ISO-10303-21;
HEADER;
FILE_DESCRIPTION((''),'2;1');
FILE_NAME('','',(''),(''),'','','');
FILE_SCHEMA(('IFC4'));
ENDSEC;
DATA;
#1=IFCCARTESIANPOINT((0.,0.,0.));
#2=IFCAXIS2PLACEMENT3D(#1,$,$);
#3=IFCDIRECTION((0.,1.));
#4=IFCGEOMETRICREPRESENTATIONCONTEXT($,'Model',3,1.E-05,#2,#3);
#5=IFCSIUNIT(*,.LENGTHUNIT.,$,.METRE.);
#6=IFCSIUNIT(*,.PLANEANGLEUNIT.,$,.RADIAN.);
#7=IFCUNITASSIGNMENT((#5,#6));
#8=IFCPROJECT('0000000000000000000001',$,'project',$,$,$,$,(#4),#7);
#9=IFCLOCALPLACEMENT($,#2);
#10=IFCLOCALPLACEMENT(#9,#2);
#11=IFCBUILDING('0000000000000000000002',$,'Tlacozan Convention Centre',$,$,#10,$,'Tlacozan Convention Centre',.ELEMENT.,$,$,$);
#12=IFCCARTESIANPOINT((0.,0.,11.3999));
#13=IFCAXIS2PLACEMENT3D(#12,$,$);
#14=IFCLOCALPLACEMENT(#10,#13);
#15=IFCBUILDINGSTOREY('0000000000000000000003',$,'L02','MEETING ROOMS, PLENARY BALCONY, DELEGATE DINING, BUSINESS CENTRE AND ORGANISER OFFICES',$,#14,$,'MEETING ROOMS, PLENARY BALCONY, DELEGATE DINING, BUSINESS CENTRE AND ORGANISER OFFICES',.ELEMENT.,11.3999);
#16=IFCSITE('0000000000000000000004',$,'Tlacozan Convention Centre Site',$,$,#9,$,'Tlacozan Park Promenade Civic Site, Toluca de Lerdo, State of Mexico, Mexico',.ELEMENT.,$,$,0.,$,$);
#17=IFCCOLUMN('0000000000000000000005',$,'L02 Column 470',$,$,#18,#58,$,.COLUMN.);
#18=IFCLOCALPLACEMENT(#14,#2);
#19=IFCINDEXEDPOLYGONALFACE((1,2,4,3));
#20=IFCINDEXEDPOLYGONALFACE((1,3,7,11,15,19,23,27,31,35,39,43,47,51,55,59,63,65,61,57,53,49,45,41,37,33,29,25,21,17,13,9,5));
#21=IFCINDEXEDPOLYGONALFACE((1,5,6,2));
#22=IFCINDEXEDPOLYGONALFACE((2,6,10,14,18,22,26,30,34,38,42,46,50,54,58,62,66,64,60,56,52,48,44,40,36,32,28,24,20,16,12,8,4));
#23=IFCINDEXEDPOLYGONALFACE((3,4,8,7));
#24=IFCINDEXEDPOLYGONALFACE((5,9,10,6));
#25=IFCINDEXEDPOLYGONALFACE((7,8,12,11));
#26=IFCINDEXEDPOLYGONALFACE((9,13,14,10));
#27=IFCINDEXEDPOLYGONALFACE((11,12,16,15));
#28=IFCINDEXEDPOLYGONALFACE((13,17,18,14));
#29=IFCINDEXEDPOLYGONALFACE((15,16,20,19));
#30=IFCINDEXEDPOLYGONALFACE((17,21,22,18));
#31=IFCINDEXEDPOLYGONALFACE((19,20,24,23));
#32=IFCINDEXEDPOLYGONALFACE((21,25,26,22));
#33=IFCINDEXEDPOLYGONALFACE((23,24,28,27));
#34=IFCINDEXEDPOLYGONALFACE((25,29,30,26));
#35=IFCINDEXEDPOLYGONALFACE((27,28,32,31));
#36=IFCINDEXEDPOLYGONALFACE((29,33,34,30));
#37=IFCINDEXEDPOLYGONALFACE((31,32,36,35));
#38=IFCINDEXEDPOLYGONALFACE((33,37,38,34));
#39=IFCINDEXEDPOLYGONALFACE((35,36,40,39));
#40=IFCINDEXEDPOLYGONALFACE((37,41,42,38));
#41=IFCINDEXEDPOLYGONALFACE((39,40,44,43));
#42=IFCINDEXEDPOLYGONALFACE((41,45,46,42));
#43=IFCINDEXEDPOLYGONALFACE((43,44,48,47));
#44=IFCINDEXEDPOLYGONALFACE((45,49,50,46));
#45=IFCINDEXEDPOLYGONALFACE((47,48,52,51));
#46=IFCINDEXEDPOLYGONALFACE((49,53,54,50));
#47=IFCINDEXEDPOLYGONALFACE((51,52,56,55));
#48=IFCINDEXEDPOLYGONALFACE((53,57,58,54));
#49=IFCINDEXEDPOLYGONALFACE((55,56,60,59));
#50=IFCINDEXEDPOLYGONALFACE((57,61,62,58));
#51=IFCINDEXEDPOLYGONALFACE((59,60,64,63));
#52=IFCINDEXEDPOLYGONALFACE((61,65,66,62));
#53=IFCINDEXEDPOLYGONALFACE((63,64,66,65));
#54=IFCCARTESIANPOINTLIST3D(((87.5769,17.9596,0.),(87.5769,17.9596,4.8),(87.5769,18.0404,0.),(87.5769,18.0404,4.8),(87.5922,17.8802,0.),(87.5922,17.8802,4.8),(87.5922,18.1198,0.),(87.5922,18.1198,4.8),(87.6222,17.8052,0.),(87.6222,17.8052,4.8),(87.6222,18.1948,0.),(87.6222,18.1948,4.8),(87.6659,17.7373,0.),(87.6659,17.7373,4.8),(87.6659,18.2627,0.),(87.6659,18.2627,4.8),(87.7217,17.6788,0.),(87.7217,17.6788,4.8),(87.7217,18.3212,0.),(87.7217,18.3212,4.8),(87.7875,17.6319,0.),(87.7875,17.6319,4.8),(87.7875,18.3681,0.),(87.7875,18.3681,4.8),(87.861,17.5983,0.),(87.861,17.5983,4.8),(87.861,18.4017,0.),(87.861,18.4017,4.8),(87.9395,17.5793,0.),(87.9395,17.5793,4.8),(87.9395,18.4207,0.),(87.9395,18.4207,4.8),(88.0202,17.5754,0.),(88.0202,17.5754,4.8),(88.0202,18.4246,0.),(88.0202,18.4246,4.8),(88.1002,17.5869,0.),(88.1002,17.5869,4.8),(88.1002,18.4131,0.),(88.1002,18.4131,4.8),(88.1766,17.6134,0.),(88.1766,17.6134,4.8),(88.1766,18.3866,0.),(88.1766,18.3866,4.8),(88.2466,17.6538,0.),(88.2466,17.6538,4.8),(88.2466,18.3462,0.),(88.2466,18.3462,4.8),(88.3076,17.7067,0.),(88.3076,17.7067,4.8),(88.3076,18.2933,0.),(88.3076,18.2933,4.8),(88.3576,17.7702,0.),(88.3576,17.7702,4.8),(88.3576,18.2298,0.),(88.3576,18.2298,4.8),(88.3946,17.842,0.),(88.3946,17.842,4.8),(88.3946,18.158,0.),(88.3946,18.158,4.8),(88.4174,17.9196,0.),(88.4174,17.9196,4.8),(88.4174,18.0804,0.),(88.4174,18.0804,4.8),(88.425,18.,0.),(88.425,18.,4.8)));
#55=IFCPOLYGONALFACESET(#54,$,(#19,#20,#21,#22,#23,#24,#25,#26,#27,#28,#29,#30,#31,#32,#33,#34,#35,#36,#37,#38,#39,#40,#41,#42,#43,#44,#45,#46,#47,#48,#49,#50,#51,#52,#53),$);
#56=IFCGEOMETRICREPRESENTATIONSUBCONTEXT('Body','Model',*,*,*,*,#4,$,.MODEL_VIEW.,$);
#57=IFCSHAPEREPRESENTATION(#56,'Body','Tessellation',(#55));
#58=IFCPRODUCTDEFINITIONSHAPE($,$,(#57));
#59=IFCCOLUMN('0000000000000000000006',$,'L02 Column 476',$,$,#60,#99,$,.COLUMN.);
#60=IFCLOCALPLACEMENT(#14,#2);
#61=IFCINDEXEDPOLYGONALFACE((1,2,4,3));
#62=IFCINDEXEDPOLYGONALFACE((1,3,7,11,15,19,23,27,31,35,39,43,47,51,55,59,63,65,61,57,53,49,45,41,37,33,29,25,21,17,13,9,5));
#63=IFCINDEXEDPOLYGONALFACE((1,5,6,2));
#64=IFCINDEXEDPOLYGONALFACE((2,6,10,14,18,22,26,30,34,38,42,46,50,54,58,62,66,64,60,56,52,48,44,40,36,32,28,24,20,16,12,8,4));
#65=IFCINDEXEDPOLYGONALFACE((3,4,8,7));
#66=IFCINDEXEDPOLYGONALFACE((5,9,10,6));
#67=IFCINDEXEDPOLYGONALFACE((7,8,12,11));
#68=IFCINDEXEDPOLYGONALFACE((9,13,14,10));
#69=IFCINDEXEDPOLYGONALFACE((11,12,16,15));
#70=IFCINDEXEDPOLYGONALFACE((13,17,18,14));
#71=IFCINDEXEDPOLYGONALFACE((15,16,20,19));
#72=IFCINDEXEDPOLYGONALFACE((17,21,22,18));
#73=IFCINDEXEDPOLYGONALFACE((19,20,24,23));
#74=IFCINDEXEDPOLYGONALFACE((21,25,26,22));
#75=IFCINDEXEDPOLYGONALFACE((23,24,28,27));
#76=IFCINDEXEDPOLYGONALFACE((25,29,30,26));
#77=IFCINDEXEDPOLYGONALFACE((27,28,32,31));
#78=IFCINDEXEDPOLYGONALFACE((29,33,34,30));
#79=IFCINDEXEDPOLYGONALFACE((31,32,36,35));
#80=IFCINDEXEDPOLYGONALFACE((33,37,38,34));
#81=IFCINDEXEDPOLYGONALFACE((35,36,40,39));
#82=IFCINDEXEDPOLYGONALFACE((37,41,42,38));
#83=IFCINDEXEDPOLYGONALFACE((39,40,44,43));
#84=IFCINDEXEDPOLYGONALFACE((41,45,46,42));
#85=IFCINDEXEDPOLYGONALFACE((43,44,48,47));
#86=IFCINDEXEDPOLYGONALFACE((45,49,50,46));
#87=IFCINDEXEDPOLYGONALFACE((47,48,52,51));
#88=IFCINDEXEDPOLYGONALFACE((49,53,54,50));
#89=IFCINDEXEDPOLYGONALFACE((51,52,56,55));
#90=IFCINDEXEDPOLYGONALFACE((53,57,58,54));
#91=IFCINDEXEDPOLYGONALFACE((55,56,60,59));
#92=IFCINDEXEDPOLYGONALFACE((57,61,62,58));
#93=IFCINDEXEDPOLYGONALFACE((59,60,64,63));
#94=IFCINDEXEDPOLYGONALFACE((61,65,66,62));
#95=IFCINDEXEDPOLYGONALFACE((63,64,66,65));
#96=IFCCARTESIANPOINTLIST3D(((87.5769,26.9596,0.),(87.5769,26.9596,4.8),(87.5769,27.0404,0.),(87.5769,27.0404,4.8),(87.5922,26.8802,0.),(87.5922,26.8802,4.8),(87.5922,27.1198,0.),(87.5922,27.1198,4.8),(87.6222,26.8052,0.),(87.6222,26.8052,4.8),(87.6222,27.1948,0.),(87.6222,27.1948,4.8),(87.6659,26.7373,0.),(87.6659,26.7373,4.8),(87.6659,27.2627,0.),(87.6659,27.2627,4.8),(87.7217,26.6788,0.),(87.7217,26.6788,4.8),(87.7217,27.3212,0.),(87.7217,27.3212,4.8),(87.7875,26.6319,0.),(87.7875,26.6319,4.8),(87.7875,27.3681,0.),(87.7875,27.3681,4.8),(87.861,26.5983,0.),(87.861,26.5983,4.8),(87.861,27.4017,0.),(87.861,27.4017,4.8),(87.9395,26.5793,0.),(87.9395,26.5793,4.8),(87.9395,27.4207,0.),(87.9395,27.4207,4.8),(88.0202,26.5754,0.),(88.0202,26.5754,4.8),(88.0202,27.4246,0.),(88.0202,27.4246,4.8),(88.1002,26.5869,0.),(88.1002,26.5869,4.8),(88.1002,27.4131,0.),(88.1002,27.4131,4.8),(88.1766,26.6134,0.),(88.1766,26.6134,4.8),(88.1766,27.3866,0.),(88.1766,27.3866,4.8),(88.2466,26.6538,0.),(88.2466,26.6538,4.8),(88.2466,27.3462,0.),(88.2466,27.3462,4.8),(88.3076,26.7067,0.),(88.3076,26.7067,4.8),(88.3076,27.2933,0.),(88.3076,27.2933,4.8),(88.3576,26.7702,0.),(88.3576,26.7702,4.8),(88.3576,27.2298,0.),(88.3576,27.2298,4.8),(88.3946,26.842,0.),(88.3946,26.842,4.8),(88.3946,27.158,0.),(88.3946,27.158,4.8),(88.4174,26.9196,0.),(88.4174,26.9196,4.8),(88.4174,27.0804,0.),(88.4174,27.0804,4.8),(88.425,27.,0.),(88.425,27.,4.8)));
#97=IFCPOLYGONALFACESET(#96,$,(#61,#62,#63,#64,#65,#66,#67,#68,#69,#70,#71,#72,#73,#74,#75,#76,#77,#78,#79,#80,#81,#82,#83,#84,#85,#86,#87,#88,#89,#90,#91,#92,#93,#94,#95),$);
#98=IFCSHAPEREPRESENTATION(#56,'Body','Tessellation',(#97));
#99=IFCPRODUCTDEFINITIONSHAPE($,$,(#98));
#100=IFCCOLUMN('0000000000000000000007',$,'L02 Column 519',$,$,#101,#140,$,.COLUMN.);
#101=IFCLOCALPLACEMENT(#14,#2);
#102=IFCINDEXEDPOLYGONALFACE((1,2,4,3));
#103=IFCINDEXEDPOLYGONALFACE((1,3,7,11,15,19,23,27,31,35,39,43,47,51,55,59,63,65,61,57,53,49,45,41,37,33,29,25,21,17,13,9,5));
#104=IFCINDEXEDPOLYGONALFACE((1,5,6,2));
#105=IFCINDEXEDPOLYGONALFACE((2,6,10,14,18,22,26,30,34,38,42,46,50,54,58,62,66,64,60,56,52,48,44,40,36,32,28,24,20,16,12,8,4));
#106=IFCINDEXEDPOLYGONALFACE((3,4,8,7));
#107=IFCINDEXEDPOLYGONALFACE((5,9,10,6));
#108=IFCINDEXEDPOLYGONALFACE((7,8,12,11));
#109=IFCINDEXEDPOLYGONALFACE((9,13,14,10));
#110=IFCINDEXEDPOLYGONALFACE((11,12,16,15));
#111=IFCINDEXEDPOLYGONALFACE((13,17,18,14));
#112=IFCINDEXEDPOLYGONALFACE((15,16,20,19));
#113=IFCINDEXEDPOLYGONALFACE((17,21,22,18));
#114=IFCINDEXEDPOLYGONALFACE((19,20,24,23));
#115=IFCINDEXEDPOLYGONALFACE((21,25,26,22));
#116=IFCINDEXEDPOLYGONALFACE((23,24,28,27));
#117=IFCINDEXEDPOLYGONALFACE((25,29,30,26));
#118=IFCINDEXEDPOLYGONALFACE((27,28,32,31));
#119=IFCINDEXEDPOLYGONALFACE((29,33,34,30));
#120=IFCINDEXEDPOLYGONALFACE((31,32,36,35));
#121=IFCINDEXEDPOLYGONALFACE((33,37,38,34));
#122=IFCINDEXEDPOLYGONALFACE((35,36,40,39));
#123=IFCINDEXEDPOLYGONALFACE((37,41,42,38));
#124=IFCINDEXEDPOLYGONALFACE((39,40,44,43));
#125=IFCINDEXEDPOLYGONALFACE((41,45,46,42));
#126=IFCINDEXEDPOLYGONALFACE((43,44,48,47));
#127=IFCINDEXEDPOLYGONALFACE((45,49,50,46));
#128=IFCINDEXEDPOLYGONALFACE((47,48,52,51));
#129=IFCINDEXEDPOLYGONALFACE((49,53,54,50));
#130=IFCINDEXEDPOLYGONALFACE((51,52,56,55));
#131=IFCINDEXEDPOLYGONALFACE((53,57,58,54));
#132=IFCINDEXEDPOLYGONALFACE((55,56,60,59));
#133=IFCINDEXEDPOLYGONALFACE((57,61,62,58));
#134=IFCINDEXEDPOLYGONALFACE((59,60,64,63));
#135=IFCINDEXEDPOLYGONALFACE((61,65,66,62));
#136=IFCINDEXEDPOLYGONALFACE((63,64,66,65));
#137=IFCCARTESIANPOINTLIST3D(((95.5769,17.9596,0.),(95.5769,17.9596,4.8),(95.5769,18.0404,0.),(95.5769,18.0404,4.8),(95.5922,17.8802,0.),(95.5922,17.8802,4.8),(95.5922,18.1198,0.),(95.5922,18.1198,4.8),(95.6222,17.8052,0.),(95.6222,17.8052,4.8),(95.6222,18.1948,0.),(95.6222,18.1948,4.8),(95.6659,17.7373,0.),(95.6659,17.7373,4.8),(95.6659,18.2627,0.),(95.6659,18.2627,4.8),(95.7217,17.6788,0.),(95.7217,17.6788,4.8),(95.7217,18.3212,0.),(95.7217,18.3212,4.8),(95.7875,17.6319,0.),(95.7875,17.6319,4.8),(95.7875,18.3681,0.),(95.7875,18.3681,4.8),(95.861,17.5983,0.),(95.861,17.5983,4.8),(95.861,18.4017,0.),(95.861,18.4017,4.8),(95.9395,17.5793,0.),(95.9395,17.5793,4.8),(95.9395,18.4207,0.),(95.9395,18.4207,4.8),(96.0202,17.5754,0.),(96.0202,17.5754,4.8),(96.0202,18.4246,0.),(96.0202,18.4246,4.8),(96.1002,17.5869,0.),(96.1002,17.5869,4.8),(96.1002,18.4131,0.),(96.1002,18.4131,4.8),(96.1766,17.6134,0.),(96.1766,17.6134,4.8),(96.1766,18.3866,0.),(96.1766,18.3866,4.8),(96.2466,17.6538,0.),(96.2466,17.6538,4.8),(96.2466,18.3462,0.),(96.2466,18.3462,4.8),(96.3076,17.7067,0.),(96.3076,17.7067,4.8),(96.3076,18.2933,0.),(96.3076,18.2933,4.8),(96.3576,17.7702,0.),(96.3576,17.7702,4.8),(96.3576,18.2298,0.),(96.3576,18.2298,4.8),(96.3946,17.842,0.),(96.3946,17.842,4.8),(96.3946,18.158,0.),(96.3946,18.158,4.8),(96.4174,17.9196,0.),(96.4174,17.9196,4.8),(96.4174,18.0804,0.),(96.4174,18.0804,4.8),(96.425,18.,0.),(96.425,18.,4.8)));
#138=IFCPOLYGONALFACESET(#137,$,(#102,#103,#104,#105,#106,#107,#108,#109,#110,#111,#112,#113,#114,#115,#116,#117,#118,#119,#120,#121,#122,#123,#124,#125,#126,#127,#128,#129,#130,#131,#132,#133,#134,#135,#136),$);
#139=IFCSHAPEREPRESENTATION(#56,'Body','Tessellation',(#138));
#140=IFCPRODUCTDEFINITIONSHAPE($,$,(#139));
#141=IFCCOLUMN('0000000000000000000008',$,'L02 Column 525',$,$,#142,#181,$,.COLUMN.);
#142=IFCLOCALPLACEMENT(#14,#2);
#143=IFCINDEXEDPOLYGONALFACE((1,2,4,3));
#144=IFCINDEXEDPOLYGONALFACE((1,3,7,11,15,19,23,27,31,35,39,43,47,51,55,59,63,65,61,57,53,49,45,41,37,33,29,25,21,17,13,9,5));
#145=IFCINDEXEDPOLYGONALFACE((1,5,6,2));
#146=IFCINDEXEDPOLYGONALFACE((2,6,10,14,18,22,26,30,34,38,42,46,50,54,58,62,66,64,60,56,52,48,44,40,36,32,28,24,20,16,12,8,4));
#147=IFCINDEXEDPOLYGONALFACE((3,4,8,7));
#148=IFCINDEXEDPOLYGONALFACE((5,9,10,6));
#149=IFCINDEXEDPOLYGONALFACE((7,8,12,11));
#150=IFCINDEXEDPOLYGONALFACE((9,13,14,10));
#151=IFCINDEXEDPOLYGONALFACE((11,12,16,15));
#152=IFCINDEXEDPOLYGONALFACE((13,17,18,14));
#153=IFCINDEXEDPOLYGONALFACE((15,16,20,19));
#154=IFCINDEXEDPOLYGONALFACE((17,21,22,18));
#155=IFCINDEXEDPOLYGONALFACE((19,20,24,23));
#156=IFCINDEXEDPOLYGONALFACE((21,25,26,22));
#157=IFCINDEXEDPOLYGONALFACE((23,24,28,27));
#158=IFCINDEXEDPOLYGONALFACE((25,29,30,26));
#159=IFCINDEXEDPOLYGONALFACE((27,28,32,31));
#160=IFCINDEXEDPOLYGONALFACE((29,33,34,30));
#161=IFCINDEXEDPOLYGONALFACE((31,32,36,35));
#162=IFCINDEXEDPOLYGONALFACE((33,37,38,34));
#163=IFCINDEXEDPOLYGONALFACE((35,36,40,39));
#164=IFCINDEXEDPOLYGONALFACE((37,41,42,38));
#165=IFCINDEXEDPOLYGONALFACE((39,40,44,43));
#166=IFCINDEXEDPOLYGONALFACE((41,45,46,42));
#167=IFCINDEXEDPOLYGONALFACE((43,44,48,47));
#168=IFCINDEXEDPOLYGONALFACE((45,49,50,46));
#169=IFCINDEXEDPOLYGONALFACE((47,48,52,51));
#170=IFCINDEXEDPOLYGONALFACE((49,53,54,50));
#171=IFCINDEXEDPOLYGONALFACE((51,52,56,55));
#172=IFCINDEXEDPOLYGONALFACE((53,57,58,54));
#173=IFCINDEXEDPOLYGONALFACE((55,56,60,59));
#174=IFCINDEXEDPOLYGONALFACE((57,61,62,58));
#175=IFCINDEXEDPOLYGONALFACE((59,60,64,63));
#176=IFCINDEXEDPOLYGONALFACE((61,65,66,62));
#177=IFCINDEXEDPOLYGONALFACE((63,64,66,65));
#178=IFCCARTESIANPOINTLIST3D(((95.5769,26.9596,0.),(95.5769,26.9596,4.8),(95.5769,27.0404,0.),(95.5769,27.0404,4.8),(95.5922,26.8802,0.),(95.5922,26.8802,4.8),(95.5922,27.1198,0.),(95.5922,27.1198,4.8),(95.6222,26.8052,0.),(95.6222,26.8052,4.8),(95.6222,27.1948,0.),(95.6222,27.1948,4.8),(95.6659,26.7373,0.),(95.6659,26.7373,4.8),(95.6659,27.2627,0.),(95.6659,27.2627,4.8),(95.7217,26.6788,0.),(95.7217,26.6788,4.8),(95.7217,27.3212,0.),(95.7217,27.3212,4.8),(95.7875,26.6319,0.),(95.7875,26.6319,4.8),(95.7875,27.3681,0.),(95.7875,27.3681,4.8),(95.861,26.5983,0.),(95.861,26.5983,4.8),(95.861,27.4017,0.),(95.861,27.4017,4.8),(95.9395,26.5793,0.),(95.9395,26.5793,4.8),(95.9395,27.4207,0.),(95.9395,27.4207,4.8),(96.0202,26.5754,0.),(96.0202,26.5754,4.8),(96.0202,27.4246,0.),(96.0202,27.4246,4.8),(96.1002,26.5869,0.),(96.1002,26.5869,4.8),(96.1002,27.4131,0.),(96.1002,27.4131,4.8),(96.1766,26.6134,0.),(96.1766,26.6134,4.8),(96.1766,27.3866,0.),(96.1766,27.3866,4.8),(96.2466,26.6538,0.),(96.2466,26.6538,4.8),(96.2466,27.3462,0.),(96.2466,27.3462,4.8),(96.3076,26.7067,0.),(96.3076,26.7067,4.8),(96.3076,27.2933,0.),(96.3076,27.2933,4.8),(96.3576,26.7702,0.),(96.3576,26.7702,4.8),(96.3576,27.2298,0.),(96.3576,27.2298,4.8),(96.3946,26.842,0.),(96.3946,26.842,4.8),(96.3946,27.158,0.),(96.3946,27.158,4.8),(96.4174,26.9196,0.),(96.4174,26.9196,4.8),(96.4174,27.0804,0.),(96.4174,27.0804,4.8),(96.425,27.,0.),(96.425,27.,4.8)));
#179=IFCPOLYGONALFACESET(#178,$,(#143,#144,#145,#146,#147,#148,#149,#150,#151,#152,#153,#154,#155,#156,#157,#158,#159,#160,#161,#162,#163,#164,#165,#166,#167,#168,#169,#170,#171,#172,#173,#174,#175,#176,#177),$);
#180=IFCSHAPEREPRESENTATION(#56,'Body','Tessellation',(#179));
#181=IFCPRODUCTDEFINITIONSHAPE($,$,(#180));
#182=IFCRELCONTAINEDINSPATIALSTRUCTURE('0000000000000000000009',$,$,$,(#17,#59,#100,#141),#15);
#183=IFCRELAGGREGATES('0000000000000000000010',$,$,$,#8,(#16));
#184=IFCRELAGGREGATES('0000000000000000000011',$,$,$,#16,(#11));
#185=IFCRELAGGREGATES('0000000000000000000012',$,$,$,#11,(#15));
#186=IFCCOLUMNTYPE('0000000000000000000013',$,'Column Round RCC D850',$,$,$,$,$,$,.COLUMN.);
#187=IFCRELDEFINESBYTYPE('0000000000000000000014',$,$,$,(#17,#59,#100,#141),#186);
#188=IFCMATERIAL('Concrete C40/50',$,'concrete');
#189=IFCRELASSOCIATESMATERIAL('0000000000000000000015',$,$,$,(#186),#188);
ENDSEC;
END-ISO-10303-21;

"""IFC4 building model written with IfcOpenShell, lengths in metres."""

from ifc_helpers import new_model, si_unit, direction, frame, origin, origin_2d, place, context, subcontext, project, spatial, circle, extrude, material, material_profile, profile_set, type_object, element, save


model = new_model("IFC4")

# Units and contexts
model_context = context("Model", 3, precision=1e-05, world=origin(), true_north=direction((0.0, 1.0)))
body_context = subcontext(model_context, "Body", "Model", "MODEL_VIEW")
ifc_project = project(units=[si_unit("LENGTHUNIT", "METRE"), si_unit("PLANEANGLEUNIT", "RADIAN")], contexts=[model_context])

# Site, building, storey
site_placement = place(None, origin())
site = spatial("IfcSite", under=ifc_project, at=site_placement, Name="Tlacozan Convention Centre Site", LongName="Tlacozan Park Promenade Civic Site, Toluca de Lerdo, State of Mexico, Mexico", CompositionType="ELEMENT", RefElevation=0.0)
building_placement = place(site_placement, origin())
building = spatial("IfcBuilding", under=site, at=building_placement, Name="Tlacozan Convention Centre", LongName="Tlacozan Convention Centre", CompositionType="ELEMENT")
storey_placement = place(building_placement, frame((0.0, 0.0, 11.3999)))
storey = spatial("IfcBuildingStorey", under=building, at=storey_placement, Name="L02", Description="MEETING ROOMS, PLENARY BALCONY, DELEGATE DINING, BUSINESS CENTRE AND ORGANISER OFFICES", LongName="MEETING ROOMS, PLENARY BALCONY, DELEGATE DINING, BUSINESS CENTRE AND ORGANISER OFFICES", CompositionType="ELEMENT", Elevation=11.3999)

# Columns
ifc_material_1 = material(Name="Concrete C40/50", Category="concrete")
ifc_material_profile_1 = material_profile(ifc_material_1, circle(Radius=0.425, at=origin_2d()), Name="RCC D850")
ifc_profile_set_1 = profile_set([ifc_material_profile_1], Name="Concrete C40/50")
column_type = type_object("IfcColumnType", Name="Column Round RCC D850", PredefinedType="COLUMN", material=ifc_profile_set_1)
for number, where, z_axis, x_axis, name in (
    (1, (88.0, 18.0, 0.0), (0.0, 0.0, 1.0), (1.0, 0.0, 0.0), "L02 Column 470"),
    (2, (88.0, 27.0, 0.0), (0.0, 0.0, 1.0), (1.0, 0.0, 0.0), "L02 Column 476"),
    (3, (96.0, 18.0, 0.0), (0.0, 0.0, 1.0), (1.0, 0.0, 0.0), "L02 Column 519"),
    (4, (96.0, 27.0, 0.0), (0.0, 0.0, 1.0), (1.0, 0.0, 0.0), "L02 Column 525"),
):
    element("IfcColumn", number, at=place(storey_placement, frame(where, z_axis=z_axis, x_axis=x_axis)), inside=storey, type_object=column_type, Name=name, PredefinedType="COLUMN", context=body_context, shape_type="SweptSolid", body=[
        extrude(circle(Radius=0.425, at=origin_2d()), origin(), (0.0, 0.0, 1.0), 4.8),
    ])

save(model, "model.ifc")
